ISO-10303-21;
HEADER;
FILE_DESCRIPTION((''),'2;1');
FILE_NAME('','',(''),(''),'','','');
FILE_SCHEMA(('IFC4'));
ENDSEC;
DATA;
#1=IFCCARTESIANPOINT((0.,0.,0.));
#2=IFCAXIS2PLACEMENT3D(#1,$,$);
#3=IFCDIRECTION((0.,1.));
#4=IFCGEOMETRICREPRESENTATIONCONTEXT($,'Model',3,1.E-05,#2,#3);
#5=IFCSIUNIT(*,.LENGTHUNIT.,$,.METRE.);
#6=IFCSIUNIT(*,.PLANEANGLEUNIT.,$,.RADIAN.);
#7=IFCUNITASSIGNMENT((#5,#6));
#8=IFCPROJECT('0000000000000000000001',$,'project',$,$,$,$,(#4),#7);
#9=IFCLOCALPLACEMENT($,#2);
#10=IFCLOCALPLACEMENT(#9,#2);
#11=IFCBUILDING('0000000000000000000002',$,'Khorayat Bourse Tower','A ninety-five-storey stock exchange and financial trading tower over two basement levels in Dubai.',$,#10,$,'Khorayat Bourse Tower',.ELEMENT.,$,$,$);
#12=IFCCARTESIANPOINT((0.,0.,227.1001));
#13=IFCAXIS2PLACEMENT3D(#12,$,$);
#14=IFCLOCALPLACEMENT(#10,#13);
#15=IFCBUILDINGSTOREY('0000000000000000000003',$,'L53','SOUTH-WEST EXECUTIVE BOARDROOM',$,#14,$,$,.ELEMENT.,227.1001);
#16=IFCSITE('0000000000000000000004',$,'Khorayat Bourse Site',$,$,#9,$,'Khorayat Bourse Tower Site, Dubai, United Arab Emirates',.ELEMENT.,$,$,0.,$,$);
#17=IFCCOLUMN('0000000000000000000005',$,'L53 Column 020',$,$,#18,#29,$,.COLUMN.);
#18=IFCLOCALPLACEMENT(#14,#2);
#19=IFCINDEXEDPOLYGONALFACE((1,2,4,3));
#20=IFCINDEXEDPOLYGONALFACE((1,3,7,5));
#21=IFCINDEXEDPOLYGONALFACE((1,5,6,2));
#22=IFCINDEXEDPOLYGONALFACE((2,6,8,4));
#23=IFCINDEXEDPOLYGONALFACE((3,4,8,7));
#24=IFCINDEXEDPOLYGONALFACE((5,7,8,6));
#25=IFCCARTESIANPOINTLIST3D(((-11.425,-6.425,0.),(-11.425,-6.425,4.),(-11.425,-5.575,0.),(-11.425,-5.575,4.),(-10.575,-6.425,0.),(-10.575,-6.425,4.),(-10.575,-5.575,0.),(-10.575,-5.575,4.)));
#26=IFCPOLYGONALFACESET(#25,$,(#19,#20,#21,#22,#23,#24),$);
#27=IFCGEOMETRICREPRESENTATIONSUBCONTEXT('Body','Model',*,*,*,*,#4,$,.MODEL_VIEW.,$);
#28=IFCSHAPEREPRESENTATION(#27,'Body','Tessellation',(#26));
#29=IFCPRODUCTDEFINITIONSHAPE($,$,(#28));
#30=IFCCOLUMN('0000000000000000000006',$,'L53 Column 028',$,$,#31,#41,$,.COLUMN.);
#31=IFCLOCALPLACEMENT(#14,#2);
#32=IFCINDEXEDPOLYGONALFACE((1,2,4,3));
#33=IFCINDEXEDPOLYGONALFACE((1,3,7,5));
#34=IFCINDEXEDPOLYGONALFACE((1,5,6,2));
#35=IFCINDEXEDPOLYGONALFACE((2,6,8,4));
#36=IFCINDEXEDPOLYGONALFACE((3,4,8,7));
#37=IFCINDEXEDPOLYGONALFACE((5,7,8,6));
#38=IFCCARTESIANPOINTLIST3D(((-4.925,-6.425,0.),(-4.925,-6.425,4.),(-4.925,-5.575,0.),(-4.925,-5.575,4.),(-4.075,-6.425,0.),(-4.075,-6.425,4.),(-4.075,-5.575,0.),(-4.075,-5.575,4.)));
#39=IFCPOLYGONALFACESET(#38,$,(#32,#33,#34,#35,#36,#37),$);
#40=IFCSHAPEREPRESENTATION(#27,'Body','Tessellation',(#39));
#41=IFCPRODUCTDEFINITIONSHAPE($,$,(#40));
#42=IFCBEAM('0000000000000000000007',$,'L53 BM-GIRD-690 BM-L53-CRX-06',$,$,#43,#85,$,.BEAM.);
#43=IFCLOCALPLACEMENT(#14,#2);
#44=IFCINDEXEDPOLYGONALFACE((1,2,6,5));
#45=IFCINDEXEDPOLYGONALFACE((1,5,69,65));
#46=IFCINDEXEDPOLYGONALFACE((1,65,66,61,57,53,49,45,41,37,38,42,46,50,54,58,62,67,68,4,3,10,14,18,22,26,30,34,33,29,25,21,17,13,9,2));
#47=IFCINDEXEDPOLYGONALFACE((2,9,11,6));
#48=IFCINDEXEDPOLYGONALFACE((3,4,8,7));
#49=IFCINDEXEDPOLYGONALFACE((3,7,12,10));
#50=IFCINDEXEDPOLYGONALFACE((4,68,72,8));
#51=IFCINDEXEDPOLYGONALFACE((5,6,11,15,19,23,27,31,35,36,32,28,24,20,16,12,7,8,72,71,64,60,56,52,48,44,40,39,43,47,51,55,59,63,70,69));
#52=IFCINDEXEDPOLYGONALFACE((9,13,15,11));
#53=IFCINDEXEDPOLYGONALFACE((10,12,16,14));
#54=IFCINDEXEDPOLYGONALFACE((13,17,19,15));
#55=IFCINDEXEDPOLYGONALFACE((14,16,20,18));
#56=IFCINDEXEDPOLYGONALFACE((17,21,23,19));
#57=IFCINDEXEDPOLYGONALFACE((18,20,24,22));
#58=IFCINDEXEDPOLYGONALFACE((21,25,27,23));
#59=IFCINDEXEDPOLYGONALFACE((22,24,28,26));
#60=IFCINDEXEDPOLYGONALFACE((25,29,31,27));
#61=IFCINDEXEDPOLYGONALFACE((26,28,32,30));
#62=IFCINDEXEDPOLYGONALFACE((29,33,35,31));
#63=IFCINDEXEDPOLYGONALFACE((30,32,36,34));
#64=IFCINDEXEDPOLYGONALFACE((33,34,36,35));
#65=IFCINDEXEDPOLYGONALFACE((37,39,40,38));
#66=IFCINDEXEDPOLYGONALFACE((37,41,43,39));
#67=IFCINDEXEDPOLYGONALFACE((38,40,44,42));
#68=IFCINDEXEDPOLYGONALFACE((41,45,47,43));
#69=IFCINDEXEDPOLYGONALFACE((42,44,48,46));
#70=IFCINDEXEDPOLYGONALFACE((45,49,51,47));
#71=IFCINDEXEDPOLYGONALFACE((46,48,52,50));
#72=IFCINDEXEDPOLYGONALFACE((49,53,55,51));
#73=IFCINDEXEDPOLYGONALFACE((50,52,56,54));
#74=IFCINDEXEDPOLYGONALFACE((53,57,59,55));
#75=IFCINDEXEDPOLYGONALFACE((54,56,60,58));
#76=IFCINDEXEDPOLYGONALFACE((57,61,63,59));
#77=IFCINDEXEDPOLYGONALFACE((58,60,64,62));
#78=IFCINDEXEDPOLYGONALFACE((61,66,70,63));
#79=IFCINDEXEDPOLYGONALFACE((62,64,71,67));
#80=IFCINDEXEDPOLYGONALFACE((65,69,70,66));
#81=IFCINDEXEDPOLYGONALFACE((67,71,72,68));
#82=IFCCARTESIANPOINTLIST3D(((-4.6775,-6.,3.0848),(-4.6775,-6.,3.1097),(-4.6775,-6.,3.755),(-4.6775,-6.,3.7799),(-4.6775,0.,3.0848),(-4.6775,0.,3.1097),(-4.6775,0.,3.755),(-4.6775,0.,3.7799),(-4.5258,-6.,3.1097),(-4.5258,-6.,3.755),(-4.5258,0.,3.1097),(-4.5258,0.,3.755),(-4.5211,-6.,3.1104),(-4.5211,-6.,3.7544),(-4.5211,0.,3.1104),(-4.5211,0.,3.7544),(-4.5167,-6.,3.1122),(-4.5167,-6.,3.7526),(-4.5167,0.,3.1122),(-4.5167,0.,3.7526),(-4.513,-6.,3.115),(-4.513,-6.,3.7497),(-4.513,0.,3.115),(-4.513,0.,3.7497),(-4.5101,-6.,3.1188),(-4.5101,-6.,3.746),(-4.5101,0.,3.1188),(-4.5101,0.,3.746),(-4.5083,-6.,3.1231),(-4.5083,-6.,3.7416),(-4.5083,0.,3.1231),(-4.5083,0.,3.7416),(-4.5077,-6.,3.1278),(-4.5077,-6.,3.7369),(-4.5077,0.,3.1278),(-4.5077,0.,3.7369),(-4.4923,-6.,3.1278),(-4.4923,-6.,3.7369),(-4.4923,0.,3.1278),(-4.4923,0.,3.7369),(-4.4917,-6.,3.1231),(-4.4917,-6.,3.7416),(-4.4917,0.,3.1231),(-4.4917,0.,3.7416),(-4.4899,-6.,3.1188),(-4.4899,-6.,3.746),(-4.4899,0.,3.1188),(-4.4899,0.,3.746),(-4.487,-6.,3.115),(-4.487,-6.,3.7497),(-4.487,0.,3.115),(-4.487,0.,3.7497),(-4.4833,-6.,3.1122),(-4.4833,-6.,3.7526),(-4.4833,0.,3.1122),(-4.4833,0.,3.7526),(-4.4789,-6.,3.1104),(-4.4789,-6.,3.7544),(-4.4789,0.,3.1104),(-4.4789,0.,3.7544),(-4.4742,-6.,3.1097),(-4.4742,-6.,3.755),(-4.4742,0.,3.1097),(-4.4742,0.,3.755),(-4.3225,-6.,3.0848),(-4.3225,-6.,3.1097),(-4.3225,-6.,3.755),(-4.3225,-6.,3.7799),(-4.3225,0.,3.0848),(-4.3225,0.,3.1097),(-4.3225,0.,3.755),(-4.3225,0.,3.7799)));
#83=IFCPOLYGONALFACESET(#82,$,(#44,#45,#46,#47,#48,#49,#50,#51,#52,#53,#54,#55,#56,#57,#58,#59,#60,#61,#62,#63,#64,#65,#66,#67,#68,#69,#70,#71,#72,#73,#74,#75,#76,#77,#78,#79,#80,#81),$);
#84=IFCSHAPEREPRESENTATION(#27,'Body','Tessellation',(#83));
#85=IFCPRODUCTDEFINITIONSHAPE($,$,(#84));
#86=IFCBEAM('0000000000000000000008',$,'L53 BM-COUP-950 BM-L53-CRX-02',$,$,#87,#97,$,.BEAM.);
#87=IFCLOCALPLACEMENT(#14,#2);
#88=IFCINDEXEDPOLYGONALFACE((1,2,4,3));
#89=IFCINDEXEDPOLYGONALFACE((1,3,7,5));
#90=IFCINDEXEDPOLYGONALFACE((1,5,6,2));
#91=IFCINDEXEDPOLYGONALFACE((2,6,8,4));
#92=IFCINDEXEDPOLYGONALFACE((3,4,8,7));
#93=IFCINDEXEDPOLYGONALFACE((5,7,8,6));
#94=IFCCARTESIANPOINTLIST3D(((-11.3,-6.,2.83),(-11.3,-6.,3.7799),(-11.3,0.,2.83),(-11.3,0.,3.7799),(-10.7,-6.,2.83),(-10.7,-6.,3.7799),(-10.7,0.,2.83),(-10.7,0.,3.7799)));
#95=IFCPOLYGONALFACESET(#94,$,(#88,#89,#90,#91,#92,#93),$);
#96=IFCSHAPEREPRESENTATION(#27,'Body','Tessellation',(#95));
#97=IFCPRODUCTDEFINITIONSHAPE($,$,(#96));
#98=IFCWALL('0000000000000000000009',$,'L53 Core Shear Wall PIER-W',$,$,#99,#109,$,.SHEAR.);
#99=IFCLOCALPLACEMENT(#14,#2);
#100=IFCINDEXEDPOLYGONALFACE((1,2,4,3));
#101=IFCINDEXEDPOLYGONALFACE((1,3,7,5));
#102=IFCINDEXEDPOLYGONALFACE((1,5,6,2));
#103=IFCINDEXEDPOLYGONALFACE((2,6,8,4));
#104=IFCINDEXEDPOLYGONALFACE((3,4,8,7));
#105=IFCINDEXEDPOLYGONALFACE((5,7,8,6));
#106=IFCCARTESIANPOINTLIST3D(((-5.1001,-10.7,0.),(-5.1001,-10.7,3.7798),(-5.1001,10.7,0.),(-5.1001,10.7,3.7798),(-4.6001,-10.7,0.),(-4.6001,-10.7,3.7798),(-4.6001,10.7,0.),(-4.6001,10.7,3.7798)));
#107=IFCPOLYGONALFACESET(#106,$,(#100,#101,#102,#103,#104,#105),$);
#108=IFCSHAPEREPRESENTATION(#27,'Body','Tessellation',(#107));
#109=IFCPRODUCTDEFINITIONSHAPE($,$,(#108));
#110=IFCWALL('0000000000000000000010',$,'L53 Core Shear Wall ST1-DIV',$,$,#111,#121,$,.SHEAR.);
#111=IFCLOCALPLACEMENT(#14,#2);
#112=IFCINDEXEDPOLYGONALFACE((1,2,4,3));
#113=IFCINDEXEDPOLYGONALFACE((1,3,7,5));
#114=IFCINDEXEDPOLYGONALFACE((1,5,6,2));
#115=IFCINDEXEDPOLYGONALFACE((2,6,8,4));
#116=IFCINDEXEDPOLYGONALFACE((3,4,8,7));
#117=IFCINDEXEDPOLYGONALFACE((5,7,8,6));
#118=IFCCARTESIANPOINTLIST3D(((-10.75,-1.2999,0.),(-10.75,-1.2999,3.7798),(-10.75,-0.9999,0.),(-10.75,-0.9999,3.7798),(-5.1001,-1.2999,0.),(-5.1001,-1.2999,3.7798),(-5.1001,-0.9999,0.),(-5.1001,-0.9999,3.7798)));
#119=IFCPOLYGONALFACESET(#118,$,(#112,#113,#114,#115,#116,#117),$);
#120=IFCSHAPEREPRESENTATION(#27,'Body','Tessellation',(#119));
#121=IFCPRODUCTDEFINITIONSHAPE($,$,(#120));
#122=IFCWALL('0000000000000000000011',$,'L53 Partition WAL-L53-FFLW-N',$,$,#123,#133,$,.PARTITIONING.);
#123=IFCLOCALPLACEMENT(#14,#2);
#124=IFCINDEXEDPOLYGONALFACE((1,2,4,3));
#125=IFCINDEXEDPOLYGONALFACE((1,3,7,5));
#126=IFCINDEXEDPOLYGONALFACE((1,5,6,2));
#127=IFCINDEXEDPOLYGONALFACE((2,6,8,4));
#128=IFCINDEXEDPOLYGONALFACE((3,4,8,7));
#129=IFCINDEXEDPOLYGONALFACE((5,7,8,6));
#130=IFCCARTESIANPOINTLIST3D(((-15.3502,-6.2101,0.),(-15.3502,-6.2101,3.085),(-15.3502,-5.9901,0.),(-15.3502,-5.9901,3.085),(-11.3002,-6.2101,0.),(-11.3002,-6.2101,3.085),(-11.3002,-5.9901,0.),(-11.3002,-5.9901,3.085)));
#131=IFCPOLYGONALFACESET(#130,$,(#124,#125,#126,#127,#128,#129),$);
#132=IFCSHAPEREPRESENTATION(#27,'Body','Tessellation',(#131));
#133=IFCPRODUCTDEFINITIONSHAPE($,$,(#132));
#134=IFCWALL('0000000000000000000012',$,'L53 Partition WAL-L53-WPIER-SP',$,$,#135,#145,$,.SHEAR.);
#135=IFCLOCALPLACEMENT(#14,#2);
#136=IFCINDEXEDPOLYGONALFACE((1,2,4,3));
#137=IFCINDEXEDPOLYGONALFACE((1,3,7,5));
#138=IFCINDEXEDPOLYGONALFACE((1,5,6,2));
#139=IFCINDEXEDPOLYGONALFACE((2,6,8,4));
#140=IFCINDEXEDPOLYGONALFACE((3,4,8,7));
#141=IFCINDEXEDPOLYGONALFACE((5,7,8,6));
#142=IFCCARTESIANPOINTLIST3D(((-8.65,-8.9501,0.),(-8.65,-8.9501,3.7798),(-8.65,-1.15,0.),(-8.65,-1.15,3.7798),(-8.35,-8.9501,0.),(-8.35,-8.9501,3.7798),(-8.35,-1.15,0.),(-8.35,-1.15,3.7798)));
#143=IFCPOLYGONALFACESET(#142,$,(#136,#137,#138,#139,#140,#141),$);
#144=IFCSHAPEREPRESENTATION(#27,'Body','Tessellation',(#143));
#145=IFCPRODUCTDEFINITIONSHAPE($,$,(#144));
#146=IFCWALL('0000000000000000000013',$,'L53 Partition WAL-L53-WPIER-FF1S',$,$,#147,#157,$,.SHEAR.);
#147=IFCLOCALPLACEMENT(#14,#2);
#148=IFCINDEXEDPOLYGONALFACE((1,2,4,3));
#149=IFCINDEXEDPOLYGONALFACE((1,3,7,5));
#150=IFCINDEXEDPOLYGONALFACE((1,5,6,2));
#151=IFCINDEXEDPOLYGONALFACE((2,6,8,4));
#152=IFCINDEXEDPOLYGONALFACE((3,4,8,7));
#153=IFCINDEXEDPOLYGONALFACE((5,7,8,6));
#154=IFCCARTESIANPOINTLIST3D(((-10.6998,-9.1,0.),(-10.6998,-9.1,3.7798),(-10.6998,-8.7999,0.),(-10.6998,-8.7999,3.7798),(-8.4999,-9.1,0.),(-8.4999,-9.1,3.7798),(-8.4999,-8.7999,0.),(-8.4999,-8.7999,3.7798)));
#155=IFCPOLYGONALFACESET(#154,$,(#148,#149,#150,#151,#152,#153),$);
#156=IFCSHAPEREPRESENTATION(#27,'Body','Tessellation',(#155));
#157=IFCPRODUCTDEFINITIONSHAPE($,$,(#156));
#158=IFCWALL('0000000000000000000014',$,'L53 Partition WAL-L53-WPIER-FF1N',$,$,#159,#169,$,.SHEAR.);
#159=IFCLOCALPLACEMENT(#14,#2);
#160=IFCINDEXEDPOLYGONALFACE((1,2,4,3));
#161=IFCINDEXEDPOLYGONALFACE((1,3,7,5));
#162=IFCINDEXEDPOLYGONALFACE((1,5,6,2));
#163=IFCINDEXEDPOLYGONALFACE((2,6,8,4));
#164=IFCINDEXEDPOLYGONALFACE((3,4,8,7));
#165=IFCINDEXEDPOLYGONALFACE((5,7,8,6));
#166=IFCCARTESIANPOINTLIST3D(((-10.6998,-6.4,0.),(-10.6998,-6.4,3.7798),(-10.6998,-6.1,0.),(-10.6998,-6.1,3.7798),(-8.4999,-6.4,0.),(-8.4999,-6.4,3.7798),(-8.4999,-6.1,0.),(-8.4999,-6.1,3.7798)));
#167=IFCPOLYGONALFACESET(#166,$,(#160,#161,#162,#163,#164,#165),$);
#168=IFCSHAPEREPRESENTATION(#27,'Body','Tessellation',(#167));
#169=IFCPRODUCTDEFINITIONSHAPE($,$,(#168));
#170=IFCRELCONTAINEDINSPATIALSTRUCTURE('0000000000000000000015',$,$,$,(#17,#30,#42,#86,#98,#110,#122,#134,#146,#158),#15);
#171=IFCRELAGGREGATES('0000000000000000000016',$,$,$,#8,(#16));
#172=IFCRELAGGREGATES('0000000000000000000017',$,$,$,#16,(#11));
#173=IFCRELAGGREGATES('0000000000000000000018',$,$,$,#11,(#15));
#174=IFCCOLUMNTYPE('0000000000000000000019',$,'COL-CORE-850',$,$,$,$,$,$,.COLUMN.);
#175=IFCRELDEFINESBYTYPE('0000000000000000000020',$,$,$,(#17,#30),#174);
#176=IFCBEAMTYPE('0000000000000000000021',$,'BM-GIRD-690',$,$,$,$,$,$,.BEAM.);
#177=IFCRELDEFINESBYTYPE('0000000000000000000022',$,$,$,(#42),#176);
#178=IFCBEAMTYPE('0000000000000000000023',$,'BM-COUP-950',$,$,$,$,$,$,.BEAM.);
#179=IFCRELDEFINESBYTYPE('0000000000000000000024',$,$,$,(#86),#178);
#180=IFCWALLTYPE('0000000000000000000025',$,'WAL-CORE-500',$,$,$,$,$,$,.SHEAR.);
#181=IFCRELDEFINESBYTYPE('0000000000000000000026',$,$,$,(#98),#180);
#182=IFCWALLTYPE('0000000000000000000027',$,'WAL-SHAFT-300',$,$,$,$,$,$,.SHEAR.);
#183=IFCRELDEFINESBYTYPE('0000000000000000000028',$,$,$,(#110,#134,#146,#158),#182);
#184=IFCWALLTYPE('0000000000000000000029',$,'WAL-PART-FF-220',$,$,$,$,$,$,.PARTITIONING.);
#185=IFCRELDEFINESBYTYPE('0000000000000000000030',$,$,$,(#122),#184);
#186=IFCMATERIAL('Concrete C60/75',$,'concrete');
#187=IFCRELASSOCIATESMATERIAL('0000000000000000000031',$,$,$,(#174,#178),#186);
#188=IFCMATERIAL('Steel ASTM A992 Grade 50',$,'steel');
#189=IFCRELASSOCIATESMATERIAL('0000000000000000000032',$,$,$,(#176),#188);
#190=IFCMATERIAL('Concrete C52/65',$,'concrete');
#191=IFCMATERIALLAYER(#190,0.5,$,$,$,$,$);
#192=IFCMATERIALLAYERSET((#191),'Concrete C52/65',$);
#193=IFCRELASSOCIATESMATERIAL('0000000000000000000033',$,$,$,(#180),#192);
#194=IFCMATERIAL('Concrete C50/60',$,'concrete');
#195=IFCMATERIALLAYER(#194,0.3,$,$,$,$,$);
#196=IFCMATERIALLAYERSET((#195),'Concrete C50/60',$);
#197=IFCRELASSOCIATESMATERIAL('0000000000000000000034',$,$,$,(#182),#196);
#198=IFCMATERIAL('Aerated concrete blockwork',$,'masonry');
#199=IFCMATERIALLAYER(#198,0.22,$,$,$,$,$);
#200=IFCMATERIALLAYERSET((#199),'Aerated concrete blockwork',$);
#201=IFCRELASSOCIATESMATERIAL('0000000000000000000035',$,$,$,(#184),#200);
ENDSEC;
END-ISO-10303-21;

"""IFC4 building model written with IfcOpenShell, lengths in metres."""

from ifc_helpers import new_model, si_unit, direction, frame, frame_2d, origin, origin_2d, place, context, subcontext, project, spatial, rectangle, i_section, extrude, source, transform, mapped, material, layer, layer_set, material_profile, profile_set, type_object, element, save


model = new_model("IFC4")

# Units and contexts
model_context = context("Model", 3, precision=1e-05, world=origin(), true_north=direction((0.0, 1.0)))
body_context = subcontext(model_context, "Body", "Model", "MODEL_VIEW")
ifc_project = project(units=[si_unit("LENGTHUNIT", "METRE"), si_unit("PLANEANGLEUNIT", "RADIAN")], contexts=[model_context])

# Site, building, storey
site_placement = place(None, origin())
site = spatial("IfcSite", under=ifc_project, at=site_placement, Name="Khorayat Bourse Site", LongName="Khorayat Bourse Tower Site, Dubai, United Arab Emirates", CompositionType="ELEMENT", RefElevation=0.0)
building_placement = place(site_placement, origin())
building = spatial("IfcBuilding", under=site, at=building_placement, Name="Khorayat Bourse Tower", Description="A ninety-five-storey stock exchange and financial trading tower over two basement levels in Dubai.", LongName="Khorayat Bourse Tower", CompositionType="ELEMENT")
storey_placement = place(building_placement, frame((0.0, 0.0, 227.1001)))
storey = spatial("IfcBuildingStorey", under=building, at=storey_placement, Name="L53", Description="SOUTH-WEST EXECUTIVE BOARDROOM", CompositionType="ELEMENT", Elevation=227.1001)

# Columns
ifc_material_1 = material(Name="Concrete C60/75", Category="concrete")
ifc_material_profile_1 = material_profile(ifc_material_1, rectangle(XDim=0.8501, YDim=0.8501, at=origin_2d()), Name="RC 850x850")
ifc_profile_set_1 = profile_set([ifc_material_profile_1], Name="Concrete C60/75")
column_type = type_object("IfcColumnType", Name="COL-CORE-850", PredefinedType="COLUMN", material=ifc_profile_set_1)
shared_shape_1 = source(origin(), body_context, "Body", "SweptSolid", [
    extrude(rectangle(XDim=0.8501, YDim=0.8501, at=origin_2d()), origin(), (0.0, 0.0, 1.0), 4.0),
])
for number, where, z_axis, x_axis, name in (
    (1, (-11.0, -6.0, 0.0), (0.0, 0.0, 1.0), (1.0, 0.0, 0.0), "L53 Column 020"),
    (2, (-4.5, -6.0, 0.0), (0.0, 0.0, 1.0), (1.0, 0.0, 0.0), "L53 Column 028"),
):
    element("IfcColumn", number, at=place(storey_placement, frame(where, z_axis=z_axis, x_axis=x_axis)), inside=storey, type_object=column_type, Name=name, PredefinedType="COLUMN", context=body_context, shape_type="MappedRepresentation", body=[
        mapped(shared_shape_1, transform((0.0, 0.0, 0.0), scale=1.0)),
    ])

# Beams
ifc_material_2 = material(Name="Steel ASTM A992 Grade 50", Category="steel")
ifc_material_profile_2 = material_profile(ifc_material_2, i_section(OverallWidth=0.355, OverallDepth=0.6951, WebThickness=0.0154, FlangeThickness=0.0249, FilletRadius=0.0181, at=origin_2d()), Name="W690X217")
ifc_profile_set_2 = profile_set([ifc_material_profile_2], Name="Steel ASTM A992 Grade 50")
beam_type_1 = type_object("IfcBeamType", Name="BM-GIRD-690", PredefinedType="BEAM", material=ifc_profile_set_2)
shared_shape_2 = source(origin(), body_context, "Body", "SweptSolid", [
    extrude(i_section(OverallWidth=0.355, OverallDepth=0.6951, WebThickness=0.0154, FlangeThickness=0.0249, FilletRadius=0.0181, at=origin_2d()), origin(), (0.0, 0.0, 1.0), 6.0),
])
beam_1_placement = place(storey_placement, frame((-4.5, -6.0, 3.4324), z_axis=(0.0, 1.0, 0.0), x_axis=(-1.0, 0.0, 0.0)))
element("IfcBeam", 3, at=beam_1_placement, inside=storey, type_object=beam_type_1, Name="L53 BM-GIRD-690 BM-L53-CRX-06", PredefinedType="BEAM", context=body_context, shape_type="MappedRepresentation", body=[
    mapped(shared_shape_2, transform((0.0, 0.0, 0.0), scale=1.0)),
])
ifc_material_profile_3 = material_profile(ifc_material_1, rectangle(XDim=0.6001, YDim=0.95, at=origin_2d()), Name="RC 600x950")
ifc_profile_set_3 = profile_set([ifc_material_profile_3], Name="Concrete C60/75")
beam_type_2 = type_object("IfcBeamType", Name="BM-COUP-950", PredefinedType="BEAM", material=ifc_profile_set_3)
shared_shape_3 = source(origin(), body_context, "Body", "SweptSolid", [
    extrude(rectangle(XDim=0.6001, YDim=0.95, at=origin_2d()), origin(), (0.0, 0.0, 1.0), 6.0),
])
beam_2_placement = place(storey_placement, frame((-11.0, -6.0, 3.3049), z_axis=(0.0, 1.0, 0.0), x_axis=(-1.0, 0.0, 0.0)))
element("IfcBeam", 4, at=beam_2_placement, inside=storey, type_object=beam_type_2, Name="L53 BM-COUP-950 BM-L53-CRX-02", PredefinedType="BEAM", context=body_context, shape_type="MappedRepresentation", body=[
    mapped(shared_shape_3, transform((0.0, 0.0, 0.0), scale=1.0)),
])

# Walls
ifc_material_3 = material(Name="Concrete C52/65", Category="concrete")
ifc_layer_1 = layer(ifc_material_3, 0.5)
ifc_layer_set_1 = layer_set([ifc_layer_1], Name="Concrete C52/65")
wall_type_1 = type_object("IfcWallType", Name="WAL-CORE-500", PredefinedType="SHEAR", material=ifc_layer_set_1)
shared_shape_4 = source(origin(), body_context, "Body", "SweptSolid", [
    extrude(rectangle(XDim=21.3999, YDim=0.5, at=frame_2d((10.7, 0.0))), origin(), (0.0, 0.0, 1.0), 3.7798),
])
wall_1_placement = place(storey_placement, frame((-4.8501, -10.7, 0.0), z_axis=(0.0, 0.0, 1.0), x_axis=(0.0, 1.0, 0.0)))
element("IfcWall", 5, at=wall_1_placement, inside=storey, type_object=wall_type_1, Name="L53 Core Shear Wall PIER-W", PredefinedType="SHEAR", context=body_context, shape_type="MappedRepresentation", body=[
    mapped(shared_shape_4, transform((0.0, 0.0, 0.0), scale=1.0)),
])
ifc_material_4 = material(Name="Concrete C50/60", Category="concrete")
ifc_layer_2 = layer(ifc_material_4, 0.3)
ifc_layer_set_2 = layer_set([ifc_layer_2], Name="Concrete C50/60")
wall_type_2 = type_object("IfcWallType", Name="WAL-SHAFT-300", PredefinedType="SHEAR", material=ifc_layer_set_2)
shared_shape_5 = source(origin(), body_context, "Body", "SweptSolid", [
    extrude(rectangle(XDim=5.6499, YDim=0.3, at=frame_2d((2.825, 0.0))), origin(), (0.0, 0.0, 1.0), 3.7798),
])
wall_2_placement = place(storey_placement, frame((-10.75, -1.1499, 0.0), z_axis=(0.0, 0.0, 1.0), x_axis=(1.0, 0.0, 0.0)))
element("IfcWall", 6, at=wall_2_placement, inside=storey, type_object=wall_type_2, Name="L53 Core Shear Wall ST1-DIV", PredefinedType="SHEAR", context=body_context, shape_type="MappedRepresentation", body=[
    mapped(shared_shape_5, transform((0.0, 0.0, 0.0), scale=1.0)),
])
ifc_material_5 = material(Name="Aerated concrete blockwork", Category="masonry")
ifc_layer_3 = layer(ifc_material_5, 0.22)
ifc_layer_set_3 = layer_set([ifc_layer_3], Name="Aerated concrete blockwork")
wall_type_3 = type_object("IfcWallType", Name="WAL-PART-FF-220", PredefinedType="PARTITIONING", material=ifc_layer_set_3)
shared_shape_6 = source(origin(), body_context, "Body", "SweptSolid", [
    extrude(rectangle(XDim=4.05, YDim=0.22, at=frame_2d((2.0249, 0.0))), origin(), (0.0, 0.0, 1.0), 3.085),
])
wall_3_placement = place(storey_placement, frame((-15.3501, -6.1001, 0.0), z_axis=(0.0, 0.0, 1.0), x_axis=(1.0, 0.0, 0.0)))
element("IfcWall", 7, at=wall_3_placement, inside=storey, type_object=wall_type_3, Name="L53 Partition WAL-L53-FFLW-N", PredefinedType="PARTITIONING", context=body_context, shape_type="MappedRepresentation", body=[
    mapped(shared_shape_6, transform((0.0, 0.0, 0.0), scale=1.0)),
])
shared_shape_7 = source(origin(), body_context, "Body", "SweptSolid", [
    extrude(rectangle(XDim=7.8, YDim=0.3, at=frame_2d((3.8999, 0.0))), origin(), (0.0, 0.0, 1.0), 3.7798),
])
wall_4_placement = place(storey_placement, frame((-8.5, -8.95, 0.0), z_axis=(0.0, 0.0, 1.0), x_axis=(0.0, 1.0, 0.0)))
element("IfcWall", 8, at=wall_4_placement, inside=storey, type_object=wall_type_2, Name="L53 Partition WAL-L53-WPIER-SP", PredefinedType="SHEAR", context=body_context, shape_type="MappedRepresentation", body=[
    mapped(shared_shape_7, transform((0.0, 0.0, 0.0), scale=1.0)),
])
shared_shape_8 = source(origin(), body_context, "Body", "SweptSolid", [
    extrude(rectangle(XDim=2.2, YDim=0.3, at=frame_2d((1.1001, 0.0))), origin(), (0.0, 0.0, 1.0), 3.7798),
])
for number, where, z_axis, x_axis, name in (
    (9, (-10.7, -8.95, 0.0), (0.0, 0.0, 1.0), (1.0, 0.0, 0.0), "L53 Partition WAL-L53-WPIER-FF1S"),
    (10, (-10.7, -6.25, 0.0), (0.0, 0.0, 1.0), (1.0, 0.0, 0.0), "L53 Partition WAL-L53-WPIER-FF1N"),
):
    element("IfcWall", number, at=place(storey_placement, frame(where, z_axis=z_axis, x_axis=x_axis)), inside=storey, type_object=wall_type_2, Name=name, PredefinedType="SHEAR", context=body_context, shape_type="MappedRepresentation", body=[
        mapped(shared_shape_8, transform((0.0, 0.0, 0.0), scale=1.0)),
    ])

save(model, "model.ifc")
